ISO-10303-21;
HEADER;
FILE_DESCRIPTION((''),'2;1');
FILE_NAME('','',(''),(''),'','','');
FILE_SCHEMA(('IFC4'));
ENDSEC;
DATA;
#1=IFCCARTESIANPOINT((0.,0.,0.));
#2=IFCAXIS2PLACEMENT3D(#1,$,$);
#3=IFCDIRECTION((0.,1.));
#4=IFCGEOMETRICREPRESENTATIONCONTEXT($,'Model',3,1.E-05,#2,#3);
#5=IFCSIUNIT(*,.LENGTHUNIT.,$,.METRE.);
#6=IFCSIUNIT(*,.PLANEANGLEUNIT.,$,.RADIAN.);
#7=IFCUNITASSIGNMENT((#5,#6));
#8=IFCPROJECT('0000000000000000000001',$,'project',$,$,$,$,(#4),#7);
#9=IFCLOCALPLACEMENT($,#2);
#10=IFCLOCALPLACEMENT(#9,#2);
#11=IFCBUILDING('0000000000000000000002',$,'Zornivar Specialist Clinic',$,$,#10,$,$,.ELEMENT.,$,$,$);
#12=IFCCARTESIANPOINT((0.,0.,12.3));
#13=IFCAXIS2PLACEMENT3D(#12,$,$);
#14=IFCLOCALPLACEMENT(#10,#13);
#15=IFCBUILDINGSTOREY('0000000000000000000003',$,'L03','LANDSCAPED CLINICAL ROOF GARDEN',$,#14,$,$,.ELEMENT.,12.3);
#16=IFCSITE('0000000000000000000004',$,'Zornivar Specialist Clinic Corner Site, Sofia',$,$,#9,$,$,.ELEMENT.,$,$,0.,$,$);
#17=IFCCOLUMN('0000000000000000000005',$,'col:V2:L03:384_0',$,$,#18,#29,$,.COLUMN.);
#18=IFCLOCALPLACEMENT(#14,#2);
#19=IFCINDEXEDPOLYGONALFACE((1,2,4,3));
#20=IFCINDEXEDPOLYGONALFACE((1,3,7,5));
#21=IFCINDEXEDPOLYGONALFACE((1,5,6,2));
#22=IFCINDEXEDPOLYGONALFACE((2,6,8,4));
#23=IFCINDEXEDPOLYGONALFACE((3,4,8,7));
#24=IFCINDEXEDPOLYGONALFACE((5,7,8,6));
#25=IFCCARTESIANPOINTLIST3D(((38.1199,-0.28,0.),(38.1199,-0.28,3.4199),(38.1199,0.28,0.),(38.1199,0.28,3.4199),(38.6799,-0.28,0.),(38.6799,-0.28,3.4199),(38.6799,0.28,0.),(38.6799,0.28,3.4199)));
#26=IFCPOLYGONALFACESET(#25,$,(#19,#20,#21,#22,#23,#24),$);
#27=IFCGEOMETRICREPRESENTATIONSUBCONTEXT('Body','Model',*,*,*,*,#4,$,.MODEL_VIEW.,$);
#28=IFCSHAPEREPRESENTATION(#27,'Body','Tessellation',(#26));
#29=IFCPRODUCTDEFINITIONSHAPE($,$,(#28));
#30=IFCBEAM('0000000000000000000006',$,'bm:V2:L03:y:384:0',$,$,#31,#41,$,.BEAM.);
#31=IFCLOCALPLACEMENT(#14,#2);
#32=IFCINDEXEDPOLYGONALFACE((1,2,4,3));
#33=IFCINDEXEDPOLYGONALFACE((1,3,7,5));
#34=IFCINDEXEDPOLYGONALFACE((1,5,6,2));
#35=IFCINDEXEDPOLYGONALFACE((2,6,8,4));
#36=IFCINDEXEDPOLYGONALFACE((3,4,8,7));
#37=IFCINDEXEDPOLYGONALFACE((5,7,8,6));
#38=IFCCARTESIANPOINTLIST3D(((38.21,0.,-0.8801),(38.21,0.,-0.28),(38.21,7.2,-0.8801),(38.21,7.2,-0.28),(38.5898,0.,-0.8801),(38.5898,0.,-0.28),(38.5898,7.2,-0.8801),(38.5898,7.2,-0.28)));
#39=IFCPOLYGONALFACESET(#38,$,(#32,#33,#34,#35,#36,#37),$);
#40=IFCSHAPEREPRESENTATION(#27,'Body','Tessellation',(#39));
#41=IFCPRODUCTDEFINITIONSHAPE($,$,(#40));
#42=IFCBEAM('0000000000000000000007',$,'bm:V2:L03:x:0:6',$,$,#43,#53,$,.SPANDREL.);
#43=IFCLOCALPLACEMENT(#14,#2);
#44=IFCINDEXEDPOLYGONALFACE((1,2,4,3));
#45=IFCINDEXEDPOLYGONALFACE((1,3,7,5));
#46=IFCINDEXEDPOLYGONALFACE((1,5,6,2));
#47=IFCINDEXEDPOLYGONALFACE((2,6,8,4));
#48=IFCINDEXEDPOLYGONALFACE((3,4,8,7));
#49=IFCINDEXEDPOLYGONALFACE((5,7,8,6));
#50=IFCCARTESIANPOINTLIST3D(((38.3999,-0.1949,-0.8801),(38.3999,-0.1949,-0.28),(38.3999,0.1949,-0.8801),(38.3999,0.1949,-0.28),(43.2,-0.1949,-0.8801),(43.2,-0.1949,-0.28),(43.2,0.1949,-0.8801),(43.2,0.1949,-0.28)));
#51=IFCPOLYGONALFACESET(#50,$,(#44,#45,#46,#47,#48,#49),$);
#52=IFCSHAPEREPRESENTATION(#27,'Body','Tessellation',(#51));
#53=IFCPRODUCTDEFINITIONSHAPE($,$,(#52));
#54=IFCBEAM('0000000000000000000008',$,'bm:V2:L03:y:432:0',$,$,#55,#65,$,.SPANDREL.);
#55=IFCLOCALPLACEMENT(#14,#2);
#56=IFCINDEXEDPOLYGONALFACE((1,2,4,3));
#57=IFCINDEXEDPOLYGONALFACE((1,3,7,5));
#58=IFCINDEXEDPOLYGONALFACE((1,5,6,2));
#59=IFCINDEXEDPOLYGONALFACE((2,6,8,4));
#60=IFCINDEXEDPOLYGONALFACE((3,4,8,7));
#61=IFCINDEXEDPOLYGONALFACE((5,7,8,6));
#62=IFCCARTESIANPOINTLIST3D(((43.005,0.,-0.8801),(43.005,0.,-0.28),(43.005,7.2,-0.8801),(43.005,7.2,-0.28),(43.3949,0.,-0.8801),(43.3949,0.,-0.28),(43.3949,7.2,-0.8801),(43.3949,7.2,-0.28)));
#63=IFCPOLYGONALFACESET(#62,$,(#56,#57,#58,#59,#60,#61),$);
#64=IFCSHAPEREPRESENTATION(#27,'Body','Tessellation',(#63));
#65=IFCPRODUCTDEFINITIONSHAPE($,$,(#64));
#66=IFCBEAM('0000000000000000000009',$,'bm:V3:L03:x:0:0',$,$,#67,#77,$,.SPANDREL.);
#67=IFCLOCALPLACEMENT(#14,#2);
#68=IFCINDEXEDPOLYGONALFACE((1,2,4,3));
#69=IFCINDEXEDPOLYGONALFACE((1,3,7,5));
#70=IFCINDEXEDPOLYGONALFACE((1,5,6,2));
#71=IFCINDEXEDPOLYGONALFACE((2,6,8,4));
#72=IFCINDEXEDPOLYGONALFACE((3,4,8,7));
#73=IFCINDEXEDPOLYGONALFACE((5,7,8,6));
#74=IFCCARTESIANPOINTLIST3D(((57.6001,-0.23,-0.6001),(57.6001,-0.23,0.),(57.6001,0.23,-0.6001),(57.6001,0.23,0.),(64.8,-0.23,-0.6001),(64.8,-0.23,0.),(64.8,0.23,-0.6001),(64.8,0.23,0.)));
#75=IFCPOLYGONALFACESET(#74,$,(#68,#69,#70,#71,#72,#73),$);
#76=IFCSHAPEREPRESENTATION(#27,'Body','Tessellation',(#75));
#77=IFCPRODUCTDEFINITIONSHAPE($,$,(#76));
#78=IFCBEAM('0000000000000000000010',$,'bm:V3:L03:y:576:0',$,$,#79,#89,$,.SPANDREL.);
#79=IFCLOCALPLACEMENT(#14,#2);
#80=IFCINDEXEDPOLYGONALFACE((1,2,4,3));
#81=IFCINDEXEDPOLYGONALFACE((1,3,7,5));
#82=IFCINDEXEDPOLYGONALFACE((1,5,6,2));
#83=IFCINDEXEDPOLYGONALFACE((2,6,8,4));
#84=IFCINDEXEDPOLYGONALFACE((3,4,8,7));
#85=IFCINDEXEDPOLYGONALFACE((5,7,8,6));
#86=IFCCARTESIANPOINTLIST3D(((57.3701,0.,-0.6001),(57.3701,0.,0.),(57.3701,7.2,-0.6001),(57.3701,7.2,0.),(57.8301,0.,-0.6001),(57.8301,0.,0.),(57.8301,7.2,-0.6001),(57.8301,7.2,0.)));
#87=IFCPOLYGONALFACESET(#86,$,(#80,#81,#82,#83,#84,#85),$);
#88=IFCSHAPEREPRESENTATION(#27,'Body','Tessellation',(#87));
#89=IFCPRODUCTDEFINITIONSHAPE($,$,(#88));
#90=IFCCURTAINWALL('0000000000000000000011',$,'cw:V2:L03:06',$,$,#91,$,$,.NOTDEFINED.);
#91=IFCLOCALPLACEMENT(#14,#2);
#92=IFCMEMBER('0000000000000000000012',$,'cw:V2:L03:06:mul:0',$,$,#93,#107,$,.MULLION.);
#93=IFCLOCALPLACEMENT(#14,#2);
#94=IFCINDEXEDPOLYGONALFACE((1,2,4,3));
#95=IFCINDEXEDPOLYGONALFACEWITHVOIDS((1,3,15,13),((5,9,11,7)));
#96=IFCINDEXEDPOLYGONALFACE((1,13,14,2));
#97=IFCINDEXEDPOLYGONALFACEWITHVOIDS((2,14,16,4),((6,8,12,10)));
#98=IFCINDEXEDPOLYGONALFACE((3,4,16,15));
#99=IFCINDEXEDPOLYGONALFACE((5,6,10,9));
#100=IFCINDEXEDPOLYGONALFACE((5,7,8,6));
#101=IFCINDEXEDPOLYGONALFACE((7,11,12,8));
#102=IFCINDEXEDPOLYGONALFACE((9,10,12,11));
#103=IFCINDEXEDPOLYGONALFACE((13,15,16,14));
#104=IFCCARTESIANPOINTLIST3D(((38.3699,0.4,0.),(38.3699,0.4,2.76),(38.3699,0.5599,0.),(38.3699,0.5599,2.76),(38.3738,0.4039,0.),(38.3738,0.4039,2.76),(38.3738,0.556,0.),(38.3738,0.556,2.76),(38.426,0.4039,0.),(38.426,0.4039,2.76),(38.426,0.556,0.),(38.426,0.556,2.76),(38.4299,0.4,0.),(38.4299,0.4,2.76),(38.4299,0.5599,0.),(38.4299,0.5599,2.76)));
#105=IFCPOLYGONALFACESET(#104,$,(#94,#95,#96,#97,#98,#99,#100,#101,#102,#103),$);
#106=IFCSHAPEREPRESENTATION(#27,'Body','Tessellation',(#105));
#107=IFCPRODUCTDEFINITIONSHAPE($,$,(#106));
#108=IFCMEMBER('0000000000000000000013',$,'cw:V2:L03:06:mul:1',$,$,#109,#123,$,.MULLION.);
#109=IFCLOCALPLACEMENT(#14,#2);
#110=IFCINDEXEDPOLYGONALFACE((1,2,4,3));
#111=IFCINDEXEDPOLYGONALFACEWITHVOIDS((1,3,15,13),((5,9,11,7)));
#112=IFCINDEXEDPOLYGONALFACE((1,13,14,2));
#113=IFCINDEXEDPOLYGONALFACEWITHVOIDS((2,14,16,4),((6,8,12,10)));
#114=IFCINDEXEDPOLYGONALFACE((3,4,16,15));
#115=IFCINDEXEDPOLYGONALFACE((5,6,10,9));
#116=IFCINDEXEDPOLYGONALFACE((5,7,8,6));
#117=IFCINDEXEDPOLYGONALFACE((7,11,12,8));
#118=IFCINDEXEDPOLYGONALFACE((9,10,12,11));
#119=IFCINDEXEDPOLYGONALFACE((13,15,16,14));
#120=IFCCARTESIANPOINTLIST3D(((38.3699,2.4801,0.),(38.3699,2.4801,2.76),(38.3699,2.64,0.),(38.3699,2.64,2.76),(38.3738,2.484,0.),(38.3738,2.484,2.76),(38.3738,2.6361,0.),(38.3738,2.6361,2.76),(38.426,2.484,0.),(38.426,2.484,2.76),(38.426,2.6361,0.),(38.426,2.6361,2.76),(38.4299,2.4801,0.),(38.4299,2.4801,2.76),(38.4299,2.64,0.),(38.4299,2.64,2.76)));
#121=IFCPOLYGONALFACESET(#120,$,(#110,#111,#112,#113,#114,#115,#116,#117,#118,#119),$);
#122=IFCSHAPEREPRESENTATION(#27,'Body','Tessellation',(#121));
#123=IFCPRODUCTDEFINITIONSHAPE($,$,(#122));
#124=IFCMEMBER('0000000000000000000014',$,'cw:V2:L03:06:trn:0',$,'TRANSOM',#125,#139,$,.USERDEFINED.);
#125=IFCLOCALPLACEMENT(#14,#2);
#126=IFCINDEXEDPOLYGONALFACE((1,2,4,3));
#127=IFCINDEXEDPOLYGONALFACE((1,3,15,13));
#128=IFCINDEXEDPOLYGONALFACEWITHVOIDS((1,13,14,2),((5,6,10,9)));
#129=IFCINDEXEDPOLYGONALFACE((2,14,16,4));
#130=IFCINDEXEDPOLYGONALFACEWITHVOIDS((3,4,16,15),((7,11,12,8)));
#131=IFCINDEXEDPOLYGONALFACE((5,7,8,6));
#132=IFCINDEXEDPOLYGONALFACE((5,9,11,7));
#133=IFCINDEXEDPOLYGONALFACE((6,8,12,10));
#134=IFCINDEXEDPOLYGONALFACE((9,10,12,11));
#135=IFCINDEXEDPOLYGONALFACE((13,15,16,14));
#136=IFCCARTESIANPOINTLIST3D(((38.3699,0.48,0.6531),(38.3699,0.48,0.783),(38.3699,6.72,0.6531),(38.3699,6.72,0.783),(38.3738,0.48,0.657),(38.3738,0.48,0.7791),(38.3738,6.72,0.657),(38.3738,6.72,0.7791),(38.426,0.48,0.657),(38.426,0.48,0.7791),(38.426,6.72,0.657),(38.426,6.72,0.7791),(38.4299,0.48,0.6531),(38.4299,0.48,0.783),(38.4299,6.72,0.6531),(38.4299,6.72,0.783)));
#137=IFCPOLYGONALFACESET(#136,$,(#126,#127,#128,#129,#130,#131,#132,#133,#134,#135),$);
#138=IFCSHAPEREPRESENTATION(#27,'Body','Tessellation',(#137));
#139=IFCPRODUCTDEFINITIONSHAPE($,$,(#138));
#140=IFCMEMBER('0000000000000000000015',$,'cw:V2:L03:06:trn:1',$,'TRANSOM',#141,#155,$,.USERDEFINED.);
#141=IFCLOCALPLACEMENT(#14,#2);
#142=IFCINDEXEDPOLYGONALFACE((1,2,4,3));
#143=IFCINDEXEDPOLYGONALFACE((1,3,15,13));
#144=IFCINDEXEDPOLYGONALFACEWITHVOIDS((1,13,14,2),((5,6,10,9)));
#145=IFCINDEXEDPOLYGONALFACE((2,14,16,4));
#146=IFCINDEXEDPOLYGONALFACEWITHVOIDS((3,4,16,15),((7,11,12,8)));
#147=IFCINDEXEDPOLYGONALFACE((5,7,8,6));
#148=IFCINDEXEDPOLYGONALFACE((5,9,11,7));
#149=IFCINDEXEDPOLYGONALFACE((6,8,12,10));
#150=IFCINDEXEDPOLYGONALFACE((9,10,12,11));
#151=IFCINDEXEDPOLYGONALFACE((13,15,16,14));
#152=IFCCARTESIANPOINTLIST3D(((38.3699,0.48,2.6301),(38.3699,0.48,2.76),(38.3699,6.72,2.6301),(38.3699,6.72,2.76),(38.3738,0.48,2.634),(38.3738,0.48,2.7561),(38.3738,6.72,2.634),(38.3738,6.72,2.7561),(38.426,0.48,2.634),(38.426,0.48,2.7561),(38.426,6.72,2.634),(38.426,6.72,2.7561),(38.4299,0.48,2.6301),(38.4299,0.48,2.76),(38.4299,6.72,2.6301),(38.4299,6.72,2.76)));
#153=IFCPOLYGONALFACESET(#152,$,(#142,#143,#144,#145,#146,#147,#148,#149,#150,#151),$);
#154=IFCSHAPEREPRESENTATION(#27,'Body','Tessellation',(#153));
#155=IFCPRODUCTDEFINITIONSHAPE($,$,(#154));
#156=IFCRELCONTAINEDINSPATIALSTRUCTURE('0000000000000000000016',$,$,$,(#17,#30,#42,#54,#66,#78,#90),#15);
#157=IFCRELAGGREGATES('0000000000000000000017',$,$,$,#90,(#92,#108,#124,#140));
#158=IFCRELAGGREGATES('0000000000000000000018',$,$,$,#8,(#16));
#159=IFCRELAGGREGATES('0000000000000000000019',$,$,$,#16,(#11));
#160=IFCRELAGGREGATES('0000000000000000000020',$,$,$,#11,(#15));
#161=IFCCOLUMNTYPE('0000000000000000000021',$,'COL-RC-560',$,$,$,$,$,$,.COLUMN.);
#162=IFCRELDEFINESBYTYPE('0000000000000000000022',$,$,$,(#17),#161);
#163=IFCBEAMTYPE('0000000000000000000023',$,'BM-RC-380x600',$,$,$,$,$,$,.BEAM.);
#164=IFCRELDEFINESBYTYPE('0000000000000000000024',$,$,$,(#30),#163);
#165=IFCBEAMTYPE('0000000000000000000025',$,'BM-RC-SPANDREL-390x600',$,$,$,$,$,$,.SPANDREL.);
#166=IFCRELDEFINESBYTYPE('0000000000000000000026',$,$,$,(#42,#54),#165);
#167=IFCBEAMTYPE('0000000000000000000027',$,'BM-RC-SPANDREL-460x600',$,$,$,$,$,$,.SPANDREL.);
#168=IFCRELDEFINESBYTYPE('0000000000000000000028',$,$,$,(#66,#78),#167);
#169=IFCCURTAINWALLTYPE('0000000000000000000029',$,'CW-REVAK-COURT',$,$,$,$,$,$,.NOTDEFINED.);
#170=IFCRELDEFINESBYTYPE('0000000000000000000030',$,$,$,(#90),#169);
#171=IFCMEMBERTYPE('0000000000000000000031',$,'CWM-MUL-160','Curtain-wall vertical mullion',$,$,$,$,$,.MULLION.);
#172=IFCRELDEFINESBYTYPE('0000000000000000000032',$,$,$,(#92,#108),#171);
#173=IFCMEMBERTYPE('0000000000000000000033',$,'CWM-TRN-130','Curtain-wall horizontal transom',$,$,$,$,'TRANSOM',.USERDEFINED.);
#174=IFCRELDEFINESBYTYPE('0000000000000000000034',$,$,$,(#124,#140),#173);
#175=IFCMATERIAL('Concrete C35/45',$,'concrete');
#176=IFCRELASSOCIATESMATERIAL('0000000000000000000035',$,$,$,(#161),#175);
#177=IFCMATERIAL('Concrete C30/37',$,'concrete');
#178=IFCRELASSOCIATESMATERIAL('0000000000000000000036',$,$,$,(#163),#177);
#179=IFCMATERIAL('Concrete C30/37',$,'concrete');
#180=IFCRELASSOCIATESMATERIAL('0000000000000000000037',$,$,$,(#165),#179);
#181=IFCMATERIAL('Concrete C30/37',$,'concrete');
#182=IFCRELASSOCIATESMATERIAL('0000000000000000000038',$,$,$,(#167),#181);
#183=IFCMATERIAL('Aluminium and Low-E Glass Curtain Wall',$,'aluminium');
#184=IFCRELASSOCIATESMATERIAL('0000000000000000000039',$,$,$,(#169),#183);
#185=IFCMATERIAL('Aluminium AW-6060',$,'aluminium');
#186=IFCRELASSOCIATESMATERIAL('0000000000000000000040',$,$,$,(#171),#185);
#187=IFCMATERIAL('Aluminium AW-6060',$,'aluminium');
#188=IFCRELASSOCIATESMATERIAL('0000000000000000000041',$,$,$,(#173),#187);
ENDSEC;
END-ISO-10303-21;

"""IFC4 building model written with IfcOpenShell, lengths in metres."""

from ifc_helpers import new_model, si_unit, direction, frame, origin, origin_2d, place, context, subcontext, project, spatial, rectangle, hollow_rectangle, extrude, material, material_profile, profile_set, type_object, element, aggregate, save


model = new_model("IFC4")

# Units and contexts
model_context = context("Model", 3, precision=1e-05, world=origin(), true_north=direction((0.0, 1.0)))
body_context = subcontext(model_context, "Body", "Model", "MODEL_VIEW")
ifc_project = project(units=[si_unit("LENGTHUNIT", "METRE"), si_unit("PLANEANGLEUNIT", "RADIAN")], contexts=[model_context])

# Site, building, storey
site_placement = place(None, origin())
site = spatial("IfcSite", under=ifc_project, at=site_placement, Name="Zornivar Specialist Clinic Corner Site, Sofia", CompositionType="ELEMENT", RefElevation=0.0)
building_placement = place(site_placement, origin())
building = spatial("IfcBuilding", under=site, at=building_placement, Name="Zornivar Specialist Clinic", CompositionType="ELEMENT")
storey_placement = place(building_placement, frame((0.0, 0.0, 12.3)))
storey = spatial("IfcBuildingStorey", under=building, at=storey_placement, Name="L03", Description="LANDSCAPED CLINICAL ROOF GARDEN", CompositionType="ELEMENT", Elevation=12.3)

# Column
ifc_material_1 = material(Name="Concrete C35/45", Category="concrete")
ifc_material_profile_1 = material_profile(ifc_material_1, rectangle(XDim=0.5601, YDim=0.5601, at=origin_2d()), Name="RC 560x560")
ifc_profile_set_1 = profile_set([ifc_material_profile_1], Name="Concrete C35/45")
column_type = type_object("IfcColumnType", Name="COL-RC-560", PredefinedType="COLUMN", material=ifc_profile_set_1)
column_placement = place(storey_placement, frame((38.3999, 0.0, 0.0), z_axis=(0.0, 0.0, 1.0), x_axis=(1.0, 0.0, 0.0)))
element("IfcColumn", 1, at=column_placement, inside=storey, type_object=column_type, Name="col:V2:L03:384_0", PredefinedType="COLUMN", context=body_context, shape_type="SweptSolid", body=[
    extrude(rectangle(XDim=0.5601, YDim=0.5601, at=origin_2d()), origin(), (0.0, 0.0, 1.0), 3.4199),
])

# Beams
ifc_material_2 = material(Name="Concrete C30/37", Category="concrete")
ifc_material_profile_2 = material_profile(ifc_material_2, rectangle(XDim=0.3799, YDim=0.6001, at=origin_2d()), Name="RC 380x600")
ifc_profile_set_2 = profile_set([ifc_material_profile_2], Name="Concrete C30/37")
beam_type_1 = type_object("IfcBeamType", Name="BM-RC-380x600", PredefinedType="BEAM", material=ifc_profile_set_2)
beam_1_placement = place(storey_placement, frame((38.3999, 0.0, -0.5801), z_axis=(0.0, 1.0, 0.0), x_axis=(-1.0, 0.0, 0.0)))
element("IfcBeam", 2, at=beam_1_placement, inside=storey, type_object=beam_type_1, Name="bm:V2:L03:y:384:0", PredefinedType="BEAM", context=body_context, shape_type="SweptSolid", body=[
    extrude(rectangle(XDim=0.3799, YDim=0.6001, at=origin_2d()), origin(), (0.0, 0.0, 1.0), 7.2),
])
ifc_material_3 = material(Name="Concrete C30/37", Category="concrete")
ifc_material_profile_3 = material_profile(ifc_material_3, rectangle(XDim=0.3899, YDim=0.6001, at=origin_2d()), Name="RC 390x600")
ifc_profile_set_3 = profile_set([ifc_material_profile_3], Name="Concrete C30/37")
beam_type_2 = type_object("IfcBeamType", Name="BM-RC-SPANDREL-390x600", PredefinedType="SPANDREL", material=ifc_profile_set_3)
beam_2_placement = place(storey_placement, frame((38.3999, 0.0, -0.5801), z_axis=(1.0, 0.0, 0.0), x_axis=(0.0, 1.0, 0.0)))
element("IfcBeam", 3, at=beam_2_placement, inside=storey, type_object=beam_type_2, Name="bm:V2:L03:x:0:6", PredefinedType="SPANDREL", context=body_context, shape_type="SweptSolid", body=[
    extrude(rectangle(XDim=0.3899, YDim=0.6001, at=origin_2d()), origin(), (0.0, 0.0, 1.0), 4.8),
])
beam_3_placement = place(storey_placement, frame((43.2, 0.0, -0.5801), z_axis=(0.0, 1.0, 0.0), x_axis=(-1.0, 0.0, 0.0)))
element("IfcBeam", 4, at=beam_3_placement, inside=storey, type_object=beam_type_2, Name="bm:V2:L03:y:432:0", PredefinedType="SPANDREL", context=body_context, shape_type="SweptSolid", body=[
    extrude(rectangle(XDim=0.3899, YDim=0.6001, at=origin_2d()), origin(), (0.0, 0.0, 1.0), 7.2),
])
ifc_material_4 = material(Name="Concrete C30/37", Category="concrete")
ifc_material_profile_4 = material_profile(ifc_material_4, rectangle(XDim=0.46, YDim=0.6001, at=origin_2d()), Name="RC 460x600")
ifc_profile_set_4 = profile_set([ifc_material_profile_4], Name="Concrete C30/37")
beam_type_3 = type_object("IfcBeamType", Name="BM-RC-SPANDREL-460x600", PredefinedType="SPANDREL", material=ifc_profile_set_4)
for number, where, z_axis, x_axis, name in (
    (5, (57.6001, 0.0, -0.3), (1.0, 0.0, 0.0), (0.0, 1.0, 0.0), "bm:V3:L03:x:0:0"),
    (6, (57.6001, 0.0, -0.3), (0.0, 1.0, 0.0), (-1.0, 0.0, 0.0), "bm:V3:L03:y:576:0"),
):
    element("IfcBeam", number, at=place(storey_placement, frame(where, z_axis=z_axis, x_axis=x_axis)), inside=storey, type_object=beam_type_3, Name=name, PredefinedType="SPANDREL", context=body_context, shape_type="SweptSolid", body=[
        extrude(rectangle(XDim=0.46, YDim=0.6001, at=origin_2d()), origin(), (0.0, 0.0, 1.0), 7.2),
    ])

# Curtain wall, members
ifc_material_5 = material(Name="Aluminium and Low-E Glass Curtain Wall", Category="aluminium")
curtain_wall_type = type_object("IfcCurtainWallType", Name="CW-REVAK-COURT", PredefinedType="NOTDEFINED", material=ifc_material_5)
curtain_wall_placement = place(storey_placement, origin())
curtain_wall = element("IfcCurtainWall", 7, at=curtain_wall_placement, inside=storey, type_object=curtain_wall_type, Name="cw:V2:L03:06", PredefinedType="NOTDEFINED")
ifc_material_6 = material(Name="Aluminium AW-6060", Category="aluminium")
ifc_material_profile_5 = material_profile(ifc_material_6, hollow_rectangle(XDim=0.0601, YDim=0.1599, WallThickness=0.0039, at=origin_2d()), Name="ALU 60x160x4")
ifc_profile_set_5 = profile_set([ifc_material_profile_5], Name="Aluminium AW-6060")
member_type_1 = type_object("IfcMemberType", Name="CWM-MUL-160", Description="Curtain-wall vertical mullion", PredefinedType="MULLION", material=ifc_profile_set_5)
member_1_placement = place(storey_placement, frame((38.3999, 0.48, 0.0), z_axis=(0.0, 0.0, 1.0), x_axis=(1.0, 0.0, 0.0)))
member_1 = element("IfcMember", 8, at=member_1_placement, type_object=member_type_1, Name="cw:V2:L03:06:mul:0", PredefinedType="MULLION", context=body_context, shape_type="SweptSolid", body=[
    extrude(hollow_rectangle(XDim=0.0601, YDim=0.1599, WallThickness=0.0039, at=origin_2d()), origin(), (0.0, 0.0, 1.0), 2.76),
])
member_2_placement = place(storey_placement, frame((38.3999, 2.5601, 0.0), z_axis=(0.0, 0.0, 1.0), x_axis=(1.0, 0.0, 0.0)))
member_2 = element("IfcMember", 9, at=member_2_placement, type_object=member_type_1, Name="cw:V2:L03:06:mul:1", PredefinedType="MULLION", context=body_context, shape_type="SweptSolid", body=[
    extrude(hollow_rectangle(XDim=0.0601, YDim=0.1599, WallThickness=0.0039, at=origin_2d()), origin(), (0.0, 0.0, 1.0), 2.76),
])
ifc_material_7 = material(Name="Aluminium AW-6060", Category="aluminium")
ifc_material_profile_6 = material_profile(ifc_material_7, hollow_rectangle(XDim=0.0601, YDim=0.1299, WallThickness=0.0039, at=origin_2d()), Name="ALU 60x130x4")
ifc_profile_set_6 = profile_set([ifc_material_profile_6], Name="Aluminium AW-6060")
member_type_2 = type_object("IfcMemberType", Name="CWM-TRN-130", Description="Curtain-wall horizontal transom", ElementType="TRANSOM", PredefinedType="USERDEFINED", material=ifc_profile_set_6)
member_3_placement = place(storey_placement, frame((38.3999, 0.48, 0.718), z_axis=(0.0, 1.0, 0.0), x_axis=(-1.0, 0.0, 0.0)))
member_3 = element("IfcMember", 10, at=member_3_placement, type_object=member_type_2, Name="cw:V2:L03:06:trn:0", ObjectType="TRANSOM", PredefinedType="USERDEFINED", context=body_context, shape_type="SweptSolid", body=[
    extrude(hollow_rectangle(XDim=0.0601, YDim=0.1299, WallThickness=0.0039, at=origin_2d()), origin(), (0.0, 0.0, 1.0), 6.24),
])
member_4_placement = place(storey_placement, frame((38.3999, 0.48, 2.6951), z_axis=(0.0, 1.0, 0.0), x_axis=(-1.0, 0.0, 0.0)))
member_4 = element("IfcMember", 11, at=member_4_placement, type_object=member_type_2, Name="cw:V2:L03:06:trn:1", ObjectType="TRANSOM", PredefinedType="USERDEFINED", context=body_context, shape_type="SweptSolid", body=[
    extrude(hollow_rectangle(XDim=0.0601, YDim=0.1299, WallThickness=0.0039, at=origin_2d()), origin(), (0.0, 0.0, 1.0), 6.24),
])

aggregate(curtain_wall, [member_1, member_2, member_3, member_4])

save(model, "model.ifc")
